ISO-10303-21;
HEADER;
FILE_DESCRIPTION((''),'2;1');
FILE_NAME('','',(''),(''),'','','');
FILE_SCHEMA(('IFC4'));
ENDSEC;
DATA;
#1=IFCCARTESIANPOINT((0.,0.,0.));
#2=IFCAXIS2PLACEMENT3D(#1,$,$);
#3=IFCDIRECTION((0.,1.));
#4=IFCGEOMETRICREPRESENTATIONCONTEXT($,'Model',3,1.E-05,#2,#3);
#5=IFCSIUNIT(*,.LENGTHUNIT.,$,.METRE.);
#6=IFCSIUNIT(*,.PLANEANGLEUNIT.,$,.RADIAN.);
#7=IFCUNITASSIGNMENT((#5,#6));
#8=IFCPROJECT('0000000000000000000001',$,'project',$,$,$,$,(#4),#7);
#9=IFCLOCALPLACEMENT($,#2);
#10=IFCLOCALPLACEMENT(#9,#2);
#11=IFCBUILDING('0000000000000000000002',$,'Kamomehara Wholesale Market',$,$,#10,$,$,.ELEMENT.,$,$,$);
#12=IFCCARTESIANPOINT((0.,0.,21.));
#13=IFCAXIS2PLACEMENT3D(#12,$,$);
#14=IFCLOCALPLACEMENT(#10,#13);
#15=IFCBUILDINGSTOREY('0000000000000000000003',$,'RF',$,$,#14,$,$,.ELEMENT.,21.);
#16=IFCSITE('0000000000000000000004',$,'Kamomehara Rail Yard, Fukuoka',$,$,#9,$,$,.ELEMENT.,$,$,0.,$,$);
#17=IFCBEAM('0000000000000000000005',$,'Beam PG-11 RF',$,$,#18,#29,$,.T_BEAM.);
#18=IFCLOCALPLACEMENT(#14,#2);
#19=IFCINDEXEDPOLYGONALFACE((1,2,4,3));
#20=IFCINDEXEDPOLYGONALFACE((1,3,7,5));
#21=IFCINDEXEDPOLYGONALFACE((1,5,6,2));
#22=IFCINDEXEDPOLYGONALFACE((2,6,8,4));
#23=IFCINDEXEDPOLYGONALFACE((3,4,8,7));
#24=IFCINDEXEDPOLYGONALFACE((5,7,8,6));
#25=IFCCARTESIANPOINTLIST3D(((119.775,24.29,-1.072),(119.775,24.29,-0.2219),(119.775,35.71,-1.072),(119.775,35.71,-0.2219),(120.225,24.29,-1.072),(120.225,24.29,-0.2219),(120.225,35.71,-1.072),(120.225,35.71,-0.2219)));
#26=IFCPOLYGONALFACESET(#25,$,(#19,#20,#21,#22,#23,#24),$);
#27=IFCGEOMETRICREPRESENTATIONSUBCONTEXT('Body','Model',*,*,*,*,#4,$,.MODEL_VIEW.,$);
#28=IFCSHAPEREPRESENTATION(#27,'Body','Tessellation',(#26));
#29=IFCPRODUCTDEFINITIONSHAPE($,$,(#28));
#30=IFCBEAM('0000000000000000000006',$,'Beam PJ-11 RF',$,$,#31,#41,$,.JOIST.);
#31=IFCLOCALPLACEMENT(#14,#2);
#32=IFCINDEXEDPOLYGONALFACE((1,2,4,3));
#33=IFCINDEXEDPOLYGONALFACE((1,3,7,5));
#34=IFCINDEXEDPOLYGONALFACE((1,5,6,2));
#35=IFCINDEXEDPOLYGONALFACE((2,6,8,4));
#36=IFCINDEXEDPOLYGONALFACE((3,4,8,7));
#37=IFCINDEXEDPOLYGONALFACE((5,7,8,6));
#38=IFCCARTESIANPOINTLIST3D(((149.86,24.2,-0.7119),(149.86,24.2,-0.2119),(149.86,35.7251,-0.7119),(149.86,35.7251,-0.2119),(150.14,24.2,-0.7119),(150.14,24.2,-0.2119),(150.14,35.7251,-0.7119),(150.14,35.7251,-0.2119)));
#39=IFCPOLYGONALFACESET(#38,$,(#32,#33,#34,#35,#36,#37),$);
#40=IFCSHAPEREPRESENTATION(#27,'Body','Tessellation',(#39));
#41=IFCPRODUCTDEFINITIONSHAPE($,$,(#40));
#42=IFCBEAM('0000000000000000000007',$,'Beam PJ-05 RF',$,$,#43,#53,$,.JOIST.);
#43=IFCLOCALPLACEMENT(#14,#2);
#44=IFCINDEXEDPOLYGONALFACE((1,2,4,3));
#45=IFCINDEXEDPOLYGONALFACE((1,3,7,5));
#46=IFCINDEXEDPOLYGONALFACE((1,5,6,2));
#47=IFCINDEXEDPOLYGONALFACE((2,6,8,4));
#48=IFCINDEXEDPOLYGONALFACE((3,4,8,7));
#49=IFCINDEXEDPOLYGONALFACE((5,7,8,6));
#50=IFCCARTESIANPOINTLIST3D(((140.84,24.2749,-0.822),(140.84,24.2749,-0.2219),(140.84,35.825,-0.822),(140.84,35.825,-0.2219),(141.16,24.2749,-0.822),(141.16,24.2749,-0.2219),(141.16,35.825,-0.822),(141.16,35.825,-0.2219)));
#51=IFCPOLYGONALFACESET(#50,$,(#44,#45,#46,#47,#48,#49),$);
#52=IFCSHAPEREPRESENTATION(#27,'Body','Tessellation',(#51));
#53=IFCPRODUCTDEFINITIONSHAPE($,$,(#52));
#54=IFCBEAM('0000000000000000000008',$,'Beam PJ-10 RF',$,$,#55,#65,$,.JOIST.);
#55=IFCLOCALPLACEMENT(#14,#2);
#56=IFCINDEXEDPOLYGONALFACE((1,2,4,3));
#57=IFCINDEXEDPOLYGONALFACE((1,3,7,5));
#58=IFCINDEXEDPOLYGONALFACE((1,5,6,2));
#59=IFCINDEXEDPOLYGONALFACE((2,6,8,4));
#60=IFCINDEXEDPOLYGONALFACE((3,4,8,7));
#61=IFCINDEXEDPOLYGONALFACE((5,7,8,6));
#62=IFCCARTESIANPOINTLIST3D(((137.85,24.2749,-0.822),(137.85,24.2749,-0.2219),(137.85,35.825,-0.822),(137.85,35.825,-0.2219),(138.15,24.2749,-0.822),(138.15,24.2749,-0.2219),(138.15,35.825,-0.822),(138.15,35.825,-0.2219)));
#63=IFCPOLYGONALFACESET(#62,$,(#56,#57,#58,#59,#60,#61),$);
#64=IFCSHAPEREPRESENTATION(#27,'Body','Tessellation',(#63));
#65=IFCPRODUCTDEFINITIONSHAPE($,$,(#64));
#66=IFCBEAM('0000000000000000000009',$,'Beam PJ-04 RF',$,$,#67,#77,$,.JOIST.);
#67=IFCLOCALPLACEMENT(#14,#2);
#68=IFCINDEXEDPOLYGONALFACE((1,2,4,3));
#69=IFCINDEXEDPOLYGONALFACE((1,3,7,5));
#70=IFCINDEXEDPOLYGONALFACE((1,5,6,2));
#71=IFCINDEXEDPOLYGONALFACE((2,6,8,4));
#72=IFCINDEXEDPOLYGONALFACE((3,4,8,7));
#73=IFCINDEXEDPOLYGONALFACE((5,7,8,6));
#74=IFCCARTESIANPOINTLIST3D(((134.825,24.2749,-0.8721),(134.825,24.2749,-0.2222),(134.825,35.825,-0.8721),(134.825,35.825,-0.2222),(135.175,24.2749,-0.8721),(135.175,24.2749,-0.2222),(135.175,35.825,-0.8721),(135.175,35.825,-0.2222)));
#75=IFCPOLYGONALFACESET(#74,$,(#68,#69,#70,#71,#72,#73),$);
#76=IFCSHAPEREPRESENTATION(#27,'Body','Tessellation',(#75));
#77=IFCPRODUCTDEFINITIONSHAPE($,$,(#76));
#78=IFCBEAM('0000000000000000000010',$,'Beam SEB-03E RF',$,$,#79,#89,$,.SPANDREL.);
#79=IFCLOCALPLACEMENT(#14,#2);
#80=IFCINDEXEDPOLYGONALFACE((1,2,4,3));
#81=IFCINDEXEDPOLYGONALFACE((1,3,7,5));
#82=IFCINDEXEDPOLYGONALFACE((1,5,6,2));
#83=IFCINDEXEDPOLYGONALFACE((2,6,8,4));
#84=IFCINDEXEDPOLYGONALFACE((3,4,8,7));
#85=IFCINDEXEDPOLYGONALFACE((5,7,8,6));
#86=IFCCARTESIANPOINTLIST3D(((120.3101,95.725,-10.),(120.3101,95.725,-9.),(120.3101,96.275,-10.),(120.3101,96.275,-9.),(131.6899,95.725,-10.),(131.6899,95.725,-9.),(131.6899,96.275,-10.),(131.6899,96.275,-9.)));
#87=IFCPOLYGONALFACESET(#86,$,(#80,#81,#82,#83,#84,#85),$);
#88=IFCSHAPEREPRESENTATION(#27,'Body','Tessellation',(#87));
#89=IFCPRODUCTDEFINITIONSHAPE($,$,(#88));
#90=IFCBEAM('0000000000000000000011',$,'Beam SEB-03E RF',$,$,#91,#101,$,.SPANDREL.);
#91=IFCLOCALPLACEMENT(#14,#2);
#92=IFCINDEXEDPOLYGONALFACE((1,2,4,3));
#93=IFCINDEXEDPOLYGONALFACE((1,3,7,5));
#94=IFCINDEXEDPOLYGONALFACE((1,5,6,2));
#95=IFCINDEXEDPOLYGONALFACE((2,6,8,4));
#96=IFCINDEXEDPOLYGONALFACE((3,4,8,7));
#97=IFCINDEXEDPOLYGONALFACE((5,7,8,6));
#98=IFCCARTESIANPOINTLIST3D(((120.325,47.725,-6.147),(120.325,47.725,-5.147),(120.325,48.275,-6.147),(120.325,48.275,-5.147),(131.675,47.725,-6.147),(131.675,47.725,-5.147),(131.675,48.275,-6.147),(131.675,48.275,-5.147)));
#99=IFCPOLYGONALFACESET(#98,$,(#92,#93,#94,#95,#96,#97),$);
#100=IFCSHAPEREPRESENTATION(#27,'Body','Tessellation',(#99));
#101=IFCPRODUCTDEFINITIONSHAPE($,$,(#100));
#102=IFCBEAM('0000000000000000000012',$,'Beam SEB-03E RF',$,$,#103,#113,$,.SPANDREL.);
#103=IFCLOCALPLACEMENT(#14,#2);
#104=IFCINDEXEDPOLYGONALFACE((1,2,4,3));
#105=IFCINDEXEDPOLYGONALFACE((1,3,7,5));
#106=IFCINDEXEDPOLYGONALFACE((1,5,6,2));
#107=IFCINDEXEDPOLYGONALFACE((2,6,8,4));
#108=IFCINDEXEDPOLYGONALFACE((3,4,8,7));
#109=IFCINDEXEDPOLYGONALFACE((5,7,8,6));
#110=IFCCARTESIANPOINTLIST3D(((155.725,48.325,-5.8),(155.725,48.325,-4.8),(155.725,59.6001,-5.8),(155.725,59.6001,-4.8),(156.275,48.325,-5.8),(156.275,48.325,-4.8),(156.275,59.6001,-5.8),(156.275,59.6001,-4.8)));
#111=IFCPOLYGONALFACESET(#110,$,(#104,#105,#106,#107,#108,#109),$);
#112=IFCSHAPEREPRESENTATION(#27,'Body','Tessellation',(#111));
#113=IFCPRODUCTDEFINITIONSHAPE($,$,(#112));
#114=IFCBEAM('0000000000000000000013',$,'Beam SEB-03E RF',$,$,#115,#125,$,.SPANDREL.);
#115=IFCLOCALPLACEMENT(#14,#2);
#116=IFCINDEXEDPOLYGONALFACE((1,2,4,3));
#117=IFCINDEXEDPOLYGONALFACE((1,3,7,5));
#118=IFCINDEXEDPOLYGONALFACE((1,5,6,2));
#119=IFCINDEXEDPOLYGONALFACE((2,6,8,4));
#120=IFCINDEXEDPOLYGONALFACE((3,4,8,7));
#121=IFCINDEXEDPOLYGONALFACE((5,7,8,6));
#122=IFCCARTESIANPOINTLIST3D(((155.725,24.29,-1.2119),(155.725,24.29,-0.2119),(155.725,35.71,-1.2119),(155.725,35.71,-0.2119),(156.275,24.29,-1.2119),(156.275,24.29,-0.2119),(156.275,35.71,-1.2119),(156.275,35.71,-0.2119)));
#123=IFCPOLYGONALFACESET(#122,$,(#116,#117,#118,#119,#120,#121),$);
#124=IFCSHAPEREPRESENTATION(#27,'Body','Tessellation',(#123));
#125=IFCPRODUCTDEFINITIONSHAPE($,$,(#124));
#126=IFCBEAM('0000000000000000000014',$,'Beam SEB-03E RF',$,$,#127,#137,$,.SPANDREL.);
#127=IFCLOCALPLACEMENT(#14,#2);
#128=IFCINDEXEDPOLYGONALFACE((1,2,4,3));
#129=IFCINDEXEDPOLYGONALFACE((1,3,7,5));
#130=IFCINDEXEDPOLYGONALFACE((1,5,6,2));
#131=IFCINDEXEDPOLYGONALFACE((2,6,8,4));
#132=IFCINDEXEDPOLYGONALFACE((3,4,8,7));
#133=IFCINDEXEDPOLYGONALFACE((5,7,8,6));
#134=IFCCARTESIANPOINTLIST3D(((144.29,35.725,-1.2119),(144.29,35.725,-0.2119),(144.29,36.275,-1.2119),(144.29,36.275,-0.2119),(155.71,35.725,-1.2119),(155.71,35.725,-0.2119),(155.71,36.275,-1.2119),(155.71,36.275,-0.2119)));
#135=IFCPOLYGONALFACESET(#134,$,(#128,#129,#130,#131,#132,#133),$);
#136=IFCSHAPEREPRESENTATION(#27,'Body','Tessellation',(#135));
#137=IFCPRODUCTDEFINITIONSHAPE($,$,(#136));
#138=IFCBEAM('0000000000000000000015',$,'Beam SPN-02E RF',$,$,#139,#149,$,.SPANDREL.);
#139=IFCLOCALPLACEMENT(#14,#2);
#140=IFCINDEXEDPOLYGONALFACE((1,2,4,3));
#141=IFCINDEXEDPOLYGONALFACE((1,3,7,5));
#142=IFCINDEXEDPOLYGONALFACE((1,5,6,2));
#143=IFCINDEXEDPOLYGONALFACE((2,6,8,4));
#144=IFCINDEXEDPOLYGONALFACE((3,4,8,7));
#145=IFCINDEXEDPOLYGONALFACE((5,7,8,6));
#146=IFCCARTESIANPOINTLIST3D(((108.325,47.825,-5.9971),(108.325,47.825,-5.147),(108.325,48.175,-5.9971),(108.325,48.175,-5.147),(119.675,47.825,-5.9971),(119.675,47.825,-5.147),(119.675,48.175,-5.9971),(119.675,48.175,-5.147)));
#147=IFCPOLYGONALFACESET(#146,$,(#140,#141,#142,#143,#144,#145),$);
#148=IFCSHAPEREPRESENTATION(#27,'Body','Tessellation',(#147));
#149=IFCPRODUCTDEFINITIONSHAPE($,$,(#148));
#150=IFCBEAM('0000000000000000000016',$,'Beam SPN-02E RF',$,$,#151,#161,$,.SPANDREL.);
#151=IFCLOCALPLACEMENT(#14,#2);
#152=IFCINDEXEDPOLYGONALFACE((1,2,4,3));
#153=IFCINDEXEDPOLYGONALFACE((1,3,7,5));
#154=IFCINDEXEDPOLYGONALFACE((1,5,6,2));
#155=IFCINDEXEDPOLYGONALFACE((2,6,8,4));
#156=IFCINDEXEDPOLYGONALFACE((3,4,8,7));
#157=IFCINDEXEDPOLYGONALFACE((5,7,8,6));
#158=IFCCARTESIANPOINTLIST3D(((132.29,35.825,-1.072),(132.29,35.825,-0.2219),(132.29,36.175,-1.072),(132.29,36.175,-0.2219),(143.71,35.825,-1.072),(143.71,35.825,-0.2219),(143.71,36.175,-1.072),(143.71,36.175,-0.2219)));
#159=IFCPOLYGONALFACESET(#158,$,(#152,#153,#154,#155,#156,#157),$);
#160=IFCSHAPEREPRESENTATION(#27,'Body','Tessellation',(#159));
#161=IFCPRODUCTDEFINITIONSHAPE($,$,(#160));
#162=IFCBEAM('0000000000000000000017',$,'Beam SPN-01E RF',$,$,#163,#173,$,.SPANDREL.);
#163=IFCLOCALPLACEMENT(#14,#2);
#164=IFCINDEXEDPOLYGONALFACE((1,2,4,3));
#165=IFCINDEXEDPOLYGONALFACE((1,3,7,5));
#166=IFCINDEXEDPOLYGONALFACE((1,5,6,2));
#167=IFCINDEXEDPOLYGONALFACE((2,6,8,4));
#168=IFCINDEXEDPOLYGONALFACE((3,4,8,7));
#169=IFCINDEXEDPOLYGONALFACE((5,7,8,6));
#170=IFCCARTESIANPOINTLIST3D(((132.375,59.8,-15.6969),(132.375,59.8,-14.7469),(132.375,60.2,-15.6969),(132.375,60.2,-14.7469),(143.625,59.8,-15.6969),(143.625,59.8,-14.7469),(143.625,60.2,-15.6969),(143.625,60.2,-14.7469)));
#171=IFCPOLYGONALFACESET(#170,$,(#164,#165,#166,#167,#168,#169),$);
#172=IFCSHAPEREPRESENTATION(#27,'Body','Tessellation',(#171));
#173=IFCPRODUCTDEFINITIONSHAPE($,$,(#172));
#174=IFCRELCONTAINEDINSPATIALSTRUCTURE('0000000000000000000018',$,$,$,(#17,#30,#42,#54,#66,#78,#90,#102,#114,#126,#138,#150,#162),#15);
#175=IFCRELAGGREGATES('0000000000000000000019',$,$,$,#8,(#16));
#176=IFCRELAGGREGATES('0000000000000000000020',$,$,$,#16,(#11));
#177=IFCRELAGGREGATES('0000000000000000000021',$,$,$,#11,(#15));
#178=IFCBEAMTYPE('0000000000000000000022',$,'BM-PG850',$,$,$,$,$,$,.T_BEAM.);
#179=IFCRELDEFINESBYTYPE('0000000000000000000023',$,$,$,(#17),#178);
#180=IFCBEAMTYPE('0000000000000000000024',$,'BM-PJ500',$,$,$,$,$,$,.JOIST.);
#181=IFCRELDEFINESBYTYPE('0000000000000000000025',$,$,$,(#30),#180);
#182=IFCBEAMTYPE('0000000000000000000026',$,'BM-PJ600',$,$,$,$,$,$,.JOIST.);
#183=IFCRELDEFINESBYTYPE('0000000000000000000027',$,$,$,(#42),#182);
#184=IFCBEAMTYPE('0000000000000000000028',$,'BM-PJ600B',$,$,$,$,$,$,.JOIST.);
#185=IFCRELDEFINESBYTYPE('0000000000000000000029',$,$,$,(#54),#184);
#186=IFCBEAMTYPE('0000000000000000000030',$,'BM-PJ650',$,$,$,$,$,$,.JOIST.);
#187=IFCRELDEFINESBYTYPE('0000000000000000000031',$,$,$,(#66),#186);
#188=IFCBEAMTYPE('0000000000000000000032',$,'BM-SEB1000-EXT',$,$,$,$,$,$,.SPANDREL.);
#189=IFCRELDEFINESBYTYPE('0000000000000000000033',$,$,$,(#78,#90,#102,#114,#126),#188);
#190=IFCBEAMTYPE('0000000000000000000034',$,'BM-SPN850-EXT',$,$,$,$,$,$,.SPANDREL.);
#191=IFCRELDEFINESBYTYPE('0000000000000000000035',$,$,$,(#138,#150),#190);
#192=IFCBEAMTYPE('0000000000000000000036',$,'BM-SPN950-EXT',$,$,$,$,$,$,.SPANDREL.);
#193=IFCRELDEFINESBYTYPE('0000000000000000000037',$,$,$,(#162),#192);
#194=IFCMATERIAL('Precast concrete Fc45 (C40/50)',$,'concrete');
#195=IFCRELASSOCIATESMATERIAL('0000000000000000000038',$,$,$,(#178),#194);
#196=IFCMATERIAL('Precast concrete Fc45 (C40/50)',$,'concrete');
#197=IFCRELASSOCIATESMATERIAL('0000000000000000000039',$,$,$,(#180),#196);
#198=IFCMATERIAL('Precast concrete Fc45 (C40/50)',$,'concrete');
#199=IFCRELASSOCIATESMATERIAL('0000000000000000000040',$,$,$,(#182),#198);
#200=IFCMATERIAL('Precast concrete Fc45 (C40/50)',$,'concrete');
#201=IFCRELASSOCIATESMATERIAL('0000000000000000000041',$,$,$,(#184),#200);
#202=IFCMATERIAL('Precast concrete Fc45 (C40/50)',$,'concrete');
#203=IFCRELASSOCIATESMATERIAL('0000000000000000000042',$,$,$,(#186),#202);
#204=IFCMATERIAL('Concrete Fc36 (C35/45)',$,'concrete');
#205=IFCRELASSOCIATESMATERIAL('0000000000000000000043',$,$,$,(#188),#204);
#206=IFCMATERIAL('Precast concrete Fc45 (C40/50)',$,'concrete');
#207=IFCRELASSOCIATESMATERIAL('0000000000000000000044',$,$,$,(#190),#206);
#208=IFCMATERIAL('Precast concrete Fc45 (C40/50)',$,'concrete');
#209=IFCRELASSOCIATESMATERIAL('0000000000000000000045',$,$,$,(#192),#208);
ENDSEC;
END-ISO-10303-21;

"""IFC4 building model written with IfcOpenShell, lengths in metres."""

from ifc_helpers import new_model, si_unit, direction, frame, origin, origin_2d, place, context, subcontext, project, spatial, rectangle, extrude, material, material_profile, profile_set, type_object, element, save


model = new_model("IFC4")

# Units and contexts
model_context = context("Model", 3, precision=1e-05, world=origin(), true_north=direction((0.0, 1.0)))
body_context = subcontext(model_context, "Body", "Model", "MODEL_VIEW")
ifc_project = project(units=[si_unit("LENGTHUNIT", "METRE"), si_unit("PLANEANGLEUNIT", "RADIAN")], contexts=[model_context])

# Site, building, storey
site_placement = place(None, origin())
site = spatial("IfcSite", under=ifc_project, at=site_placement, Name="Kamomehara Rail Yard, Fukuoka", CompositionType="ELEMENT", RefElevation=0.0)
building_placement = place(site_placement, origin())
building = spatial("IfcBuilding", under=site, at=building_placement, Name="Kamomehara Wholesale Market", CompositionType="ELEMENT")
storey_placement = place(building_placement, frame((0.0, 0.0, 21.0)))
storey = spatial("IfcBuildingStorey", under=building, at=storey_placement, Name="RF", CompositionType="ELEMENT", Elevation=21.0)

# Beams
ifc_material_1 = material(Name="Precast concrete Fc45 (C40/50)", Category="concrete")
ifc_material_profile_1 = material_profile(ifc_material_1, rectangle(XDim=0.45, YDim=0.8501, at=origin_2d()), Name="PC-GRD-450x850")
ifc_profile_set_1 = profile_set([ifc_material_profile_1], Name="Precast concrete Fc45 (C40/50)")
beam_type_1 = type_object("IfcBeamType", Name="BM-PG850", PredefinedType="T_BEAM", material=ifc_profile_set_1)
beam_1_placement = place(storey_placement, frame((120.0, 24.29, -0.647), z_axis=(0.0, 1.0, 0.0), x_axis=(-1.0, 0.0, 0.0)))
element("IfcBeam", 1, at=beam_1_placement, inside=storey, type_object=beam_type_1, Name="Beam PG-11 RF", PredefinedType="T_BEAM", context=body_context, shape_type="SweptSolid", body=[
    extrude(rectangle(XDim=0.45, YDim=0.8501, at=origin_2d()), origin(), (0.0, 0.0, 1.0), 11.4199),
])
ifc_material_2 = material(Name="Precast concrete Fc45 (C40/50)", Category="concrete")
ifc_material_profile_2 = material_profile(ifc_material_2, rectangle(XDim=0.28, YDim=0.5, at=origin_2d()), Name="PC-JST-280x500")
ifc_profile_set_2 = profile_set([ifc_material_profile_2], Name="Precast concrete Fc45 (C40/50)")
beam_type_2 = type_object("IfcBeamType", Name="BM-PJ500", PredefinedType="JOIST", material=ifc_profile_set_2)
beam_2_placement = place(storey_placement, frame((150.0, 24.2, -0.4619), z_axis=(0.0, 1.0, 0.0), x_axis=(-1.0, 0.0, 0.0)))
element("IfcBeam", 2, at=beam_2_placement, inside=storey, type_object=beam_type_2, Name="Beam PJ-11 RF", PredefinedType="JOIST", context=body_context, shape_type="SweptSolid", body=[
    extrude(rectangle(XDim=0.28, YDim=0.5, at=origin_2d()), origin(), (0.0, 0.0, 1.0), 11.5251),
])
ifc_material_3 = material(Name="Precast concrete Fc45 (C40/50)", Category="concrete")
ifc_material_profile_3 = material_profile(ifc_material_3, rectangle(XDim=0.3201, YDim=0.6001, at=origin_2d()), Name="PC-JST-320x600")
ifc_profile_set_3 = profile_set([ifc_material_profile_3], Name="Precast concrete Fc45 (C40/50)")
beam_type_3 = type_object("IfcBeamType", Name="BM-PJ600", PredefinedType="JOIST", material=ifc_profile_set_3)
beam_3_placement = place(storey_placement, frame((141.0, 24.2749, -0.522), z_axis=(0.0, 1.0, 0.0), x_axis=(-1.0, 0.0, 0.0)))
element("IfcBeam", 3, at=beam_3_placement, inside=storey, type_object=beam_type_3, Name="Beam PJ-05 RF", PredefinedType="JOIST", context=body_context, shape_type="SweptSolid", body=[
    extrude(rectangle(XDim=0.3201, YDim=0.6001, at=origin_2d()), origin(), (0.0, 0.0, 1.0), 11.55),
])
ifc_material_4 = material(Name="Precast concrete Fc45 (C40/50)", Category="concrete")
ifc_material_profile_4 = material_profile(ifc_material_4, rectangle(XDim=0.3, YDim=0.6001, at=origin_2d()), Name="PC-JST-300x600")
ifc_profile_set_4 = profile_set([ifc_material_profile_4], Name="Precast concrete Fc45 (C40/50)")
beam_type_4 = type_object("IfcBeamType", Name="BM-PJ600B", PredefinedType="JOIST", material=ifc_profile_set_4)
beam_4_placement = place(storey_placement, frame((138.0, 24.2749, -0.522), z_axis=(0.0, 1.0, 0.0), x_axis=(-1.0, 0.0, 0.0)))
element("IfcBeam", 4, at=beam_4_placement, inside=storey, type_object=beam_type_4, Name="Beam PJ-10 RF", PredefinedType="JOIST", context=body_context, shape_type="SweptSolid", body=[
    extrude(rectangle(XDim=0.3, YDim=0.6001, at=origin_2d()), origin(), (0.0, 0.0, 1.0), 11.55),
])
ifc_material_5 = material(Name="Precast concrete Fc45 (C40/50)", Category="concrete")
ifc_material_profile_5 = material_profile(ifc_material_5, rectangle(XDim=0.3501, YDim=0.6499, at=origin_2d()), Name="PC-JST-350x650")
ifc_profile_set_5 = profile_set([ifc_material_profile_5], Name="Precast concrete Fc45 (C40/50)")
beam_type_5 = type_object("IfcBeamType", Name="BM-PJ650", PredefinedType="JOIST", material=ifc_profile_set_5)
beam_5_placement = place(storey_placement, frame((135.0, 24.2749, -0.5471), z_axis=(0.0, 1.0, 0.0), x_axis=(-1.0, 0.0, 0.0)))
element("IfcBeam", 5, at=beam_5_placement, inside=storey, type_object=beam_type_5, Name="Beam PJ-04 RF", PredefinedType="JOIST", context=body_context, shape_type="SweptSolid", body=[
    extrude(rectangle(XDim=0.3501, YDim=0.6499, at=origin_2d()), origin(), (0.0, 0.0, 1.0), 11.55),
])
ifc_material_6 = material(Name="Concrete Fc36 (C35/45)", Category="concrete")
ifc_material_profile_6 = material_profile(ifc_material_6, rectangle(XDim=0.55, YDim=1.0, at=origin_2d()), Name="RC-SEB-550x1000")
ifc_profile_set_6 = profile_set([ifc_material_profile_6], Name="Concrete Fc36 (C35/45)")
beam_type_6 = type_object("IfcBeamType", Name="BM-SEB1000-EXT", PredefinedType="SPANDREL", material=ifc_profile_set_6)
beam_6_placement = place(storey_placement, frame((120.3101, 96.0, -9.5), z_axis=(1.0, 0.0, 0.0), x_axis=(0.0, 1.0, 0.0)))
element("IfcBeam", 6, at=beam_6_placement, inside=storey, type_object=beam_type_6, Name="Beam SEB-03E RF", PredefinedType="SPANDREL", context=body_context, shape_type="SweptSolid", body=[
    extrude(rectangle(XDim=0.55, YDim=1.0, at=origin_2d()), origin(), (0.0, 0.0, 1.0), 11.3799),
])
beam_7_placement = place(storey_placement, frame((120.325, 48.0, -5.647), z_axis=(1.0, 0.0, 0.0), x_axis=(0.0, 1.0, 0.0)))
element("IfcBeam", 7, at=beam_7_placement, inside=storey, type_object=beam_type_6, Name="Beam SEB-03E RF", PredefinedType="SPANDREL", context=body_context, shape_type="SweptSolid", body=[
    extrude(rectangle(XDim=0.55, YDim=1.0, at=origin_2d()), origin(), (0.0, 0.0, 1.0), 11.3501),
])
beam_8_placement = place(storey_placement, frame((156.0, 48.325, -5.3), z_axis=(0.0, 1.0, 0.0), x_axis=(-1.0, 0.0, 0.0)))
element("IfcBeam", 8, at=beam_8_placement, inside=storey, type_object=beam_type_6, Name="Beam SEB-03E RF", PredefinedType="SPANDREL", context=body_context, shape_type="SweptSolid", body=[
    extrude(rectangle(XDim=0.55, YDim=1.0, at=origin_2d()), origin(), (0.0, 0.0, 1.0), 11.2751),
])
for number, where, z_axis, x_axis, name in (
    (9, (156.0, 24.29, -0.7119), (0.0, 1.0, 0.0), (-1.0, 0.0, 0.0), "Beam SEB-03E RF"),
    (10, (144.29, 36.0, -0.7119), (1.0, 0.0, 0.0), (0.0, 1.0, 0.0), "Beam SEB-03E RF"),
):
    element("IfcBeam", number, at=place(storey_placement, frame(where, z_axis=z_axis, x_axis=x_axis)), inside=storey, type_object=beam_type_6, Name=name, PredefinedType="SPANDREL", context=body_context, shape_type="SweptSolid", body=[
        extrude(rectangle(XDim=0.55, YDim=1.0, at=origin_2d()), origin(), (0.0, 0.0, 1.0), 11.4199),
    ])
ifc_material_7 = material(Name="Precast concrete Fc45 (C40/50)", Category="concrete")
ifc_material_profile_7 = material_profile(ifc_material_7, rectangle(XDim=0.3501, YDim=0.8501, at=origin_2d()), Name="PC-SPN-350x850")
ifc_profile_set_7 = profile_set([ifc_material_profile_7], Name="Precast concrete Fc45 (C40/50)")
beam_type_7 = type_object("IfcBeamType", Name="BM-SPN850-EXT", PredefinedType="SPANDREL", material=ifc_profile_set_7)
beam_9_placement = place(storey_placement, frame((108.325, 48.0, -5.572), z_axis=(1.0, 0.0, 0.0), x_axis=(0.0, 1.0, 0.0)))
element("IfcBeam", 11, at=beam_9_placement, inside=storey, type_object=beam_type_7, Name="Beam SPN-02E RF", PredefinedType="SPANDREL", context=body_context, shape_type="SweptSolid", body=[
    extrude(rectangle(XDim=0.3501, YDim=0.8501, at=origin_2d()), origin(), (0.0, 0.0, 1.0), 11.3501),
])
beam_10_placement = place(storey_placement, frame((132.29, 36.0, -0.647), z_axis=(1.0, 0.0, 0.0), x_axis=(0.0, 1.0, 0.0)))
element("IfcBeam", 12, at=beam_10_placement, inside=storey, type_object=beam_type_7, Name="Beam SPN-02E RF", PredefinedType="SPANDREL", context=body_context, shape_type="SweptSolid", body=[
    extrude(rectangle(XDim=0.3501, YDim=0.8501, at=origin_2d()), origin(), (0.0, 0.0, 1.0), 11.4199),
])
ifc_material_8 = material(Name="Precast concrete Fc45 (C40/50)", Category="concrete")
ifc_material_profile_8 = material_profile(ifc_material_8, rectangle(XDim=0.3999, YDim=0.95, at=origin_2d()), Name="PC-SPN-400x950")
ifc_profile_set_8 = profile_set([ifc_material_profile_8], Name="Precast concrete Fc45 (C40/50)")
beam_type_8 = type_object("IfcBeamType", Name="BM-SPN950-EXT", PredefinedType="SPANDREL", material=ifc_profile_set_8)
beam_11_placement = place(storey_placement, frame((132.375, 60.0, -15.2219), z_axis=(1.0, 0.0, 0.0), x_axis=(0.0, 1.0, 0.0)))
element("IfcBeam", 13, at=beam_11_placement, inside=storey, type_object=beam_type_8, Name="Beam SPN-01E RF", PredefinedType="SPANDREL", context=body_context, shape_type="SweptSolid", body=[
    extrude(rectangle(XDim=0.3999, YDim=0.95, at=origin_2d()), origin(), (0.0, 0.0, 1.0), 11.25),
])

save(model, "model.ifc")
